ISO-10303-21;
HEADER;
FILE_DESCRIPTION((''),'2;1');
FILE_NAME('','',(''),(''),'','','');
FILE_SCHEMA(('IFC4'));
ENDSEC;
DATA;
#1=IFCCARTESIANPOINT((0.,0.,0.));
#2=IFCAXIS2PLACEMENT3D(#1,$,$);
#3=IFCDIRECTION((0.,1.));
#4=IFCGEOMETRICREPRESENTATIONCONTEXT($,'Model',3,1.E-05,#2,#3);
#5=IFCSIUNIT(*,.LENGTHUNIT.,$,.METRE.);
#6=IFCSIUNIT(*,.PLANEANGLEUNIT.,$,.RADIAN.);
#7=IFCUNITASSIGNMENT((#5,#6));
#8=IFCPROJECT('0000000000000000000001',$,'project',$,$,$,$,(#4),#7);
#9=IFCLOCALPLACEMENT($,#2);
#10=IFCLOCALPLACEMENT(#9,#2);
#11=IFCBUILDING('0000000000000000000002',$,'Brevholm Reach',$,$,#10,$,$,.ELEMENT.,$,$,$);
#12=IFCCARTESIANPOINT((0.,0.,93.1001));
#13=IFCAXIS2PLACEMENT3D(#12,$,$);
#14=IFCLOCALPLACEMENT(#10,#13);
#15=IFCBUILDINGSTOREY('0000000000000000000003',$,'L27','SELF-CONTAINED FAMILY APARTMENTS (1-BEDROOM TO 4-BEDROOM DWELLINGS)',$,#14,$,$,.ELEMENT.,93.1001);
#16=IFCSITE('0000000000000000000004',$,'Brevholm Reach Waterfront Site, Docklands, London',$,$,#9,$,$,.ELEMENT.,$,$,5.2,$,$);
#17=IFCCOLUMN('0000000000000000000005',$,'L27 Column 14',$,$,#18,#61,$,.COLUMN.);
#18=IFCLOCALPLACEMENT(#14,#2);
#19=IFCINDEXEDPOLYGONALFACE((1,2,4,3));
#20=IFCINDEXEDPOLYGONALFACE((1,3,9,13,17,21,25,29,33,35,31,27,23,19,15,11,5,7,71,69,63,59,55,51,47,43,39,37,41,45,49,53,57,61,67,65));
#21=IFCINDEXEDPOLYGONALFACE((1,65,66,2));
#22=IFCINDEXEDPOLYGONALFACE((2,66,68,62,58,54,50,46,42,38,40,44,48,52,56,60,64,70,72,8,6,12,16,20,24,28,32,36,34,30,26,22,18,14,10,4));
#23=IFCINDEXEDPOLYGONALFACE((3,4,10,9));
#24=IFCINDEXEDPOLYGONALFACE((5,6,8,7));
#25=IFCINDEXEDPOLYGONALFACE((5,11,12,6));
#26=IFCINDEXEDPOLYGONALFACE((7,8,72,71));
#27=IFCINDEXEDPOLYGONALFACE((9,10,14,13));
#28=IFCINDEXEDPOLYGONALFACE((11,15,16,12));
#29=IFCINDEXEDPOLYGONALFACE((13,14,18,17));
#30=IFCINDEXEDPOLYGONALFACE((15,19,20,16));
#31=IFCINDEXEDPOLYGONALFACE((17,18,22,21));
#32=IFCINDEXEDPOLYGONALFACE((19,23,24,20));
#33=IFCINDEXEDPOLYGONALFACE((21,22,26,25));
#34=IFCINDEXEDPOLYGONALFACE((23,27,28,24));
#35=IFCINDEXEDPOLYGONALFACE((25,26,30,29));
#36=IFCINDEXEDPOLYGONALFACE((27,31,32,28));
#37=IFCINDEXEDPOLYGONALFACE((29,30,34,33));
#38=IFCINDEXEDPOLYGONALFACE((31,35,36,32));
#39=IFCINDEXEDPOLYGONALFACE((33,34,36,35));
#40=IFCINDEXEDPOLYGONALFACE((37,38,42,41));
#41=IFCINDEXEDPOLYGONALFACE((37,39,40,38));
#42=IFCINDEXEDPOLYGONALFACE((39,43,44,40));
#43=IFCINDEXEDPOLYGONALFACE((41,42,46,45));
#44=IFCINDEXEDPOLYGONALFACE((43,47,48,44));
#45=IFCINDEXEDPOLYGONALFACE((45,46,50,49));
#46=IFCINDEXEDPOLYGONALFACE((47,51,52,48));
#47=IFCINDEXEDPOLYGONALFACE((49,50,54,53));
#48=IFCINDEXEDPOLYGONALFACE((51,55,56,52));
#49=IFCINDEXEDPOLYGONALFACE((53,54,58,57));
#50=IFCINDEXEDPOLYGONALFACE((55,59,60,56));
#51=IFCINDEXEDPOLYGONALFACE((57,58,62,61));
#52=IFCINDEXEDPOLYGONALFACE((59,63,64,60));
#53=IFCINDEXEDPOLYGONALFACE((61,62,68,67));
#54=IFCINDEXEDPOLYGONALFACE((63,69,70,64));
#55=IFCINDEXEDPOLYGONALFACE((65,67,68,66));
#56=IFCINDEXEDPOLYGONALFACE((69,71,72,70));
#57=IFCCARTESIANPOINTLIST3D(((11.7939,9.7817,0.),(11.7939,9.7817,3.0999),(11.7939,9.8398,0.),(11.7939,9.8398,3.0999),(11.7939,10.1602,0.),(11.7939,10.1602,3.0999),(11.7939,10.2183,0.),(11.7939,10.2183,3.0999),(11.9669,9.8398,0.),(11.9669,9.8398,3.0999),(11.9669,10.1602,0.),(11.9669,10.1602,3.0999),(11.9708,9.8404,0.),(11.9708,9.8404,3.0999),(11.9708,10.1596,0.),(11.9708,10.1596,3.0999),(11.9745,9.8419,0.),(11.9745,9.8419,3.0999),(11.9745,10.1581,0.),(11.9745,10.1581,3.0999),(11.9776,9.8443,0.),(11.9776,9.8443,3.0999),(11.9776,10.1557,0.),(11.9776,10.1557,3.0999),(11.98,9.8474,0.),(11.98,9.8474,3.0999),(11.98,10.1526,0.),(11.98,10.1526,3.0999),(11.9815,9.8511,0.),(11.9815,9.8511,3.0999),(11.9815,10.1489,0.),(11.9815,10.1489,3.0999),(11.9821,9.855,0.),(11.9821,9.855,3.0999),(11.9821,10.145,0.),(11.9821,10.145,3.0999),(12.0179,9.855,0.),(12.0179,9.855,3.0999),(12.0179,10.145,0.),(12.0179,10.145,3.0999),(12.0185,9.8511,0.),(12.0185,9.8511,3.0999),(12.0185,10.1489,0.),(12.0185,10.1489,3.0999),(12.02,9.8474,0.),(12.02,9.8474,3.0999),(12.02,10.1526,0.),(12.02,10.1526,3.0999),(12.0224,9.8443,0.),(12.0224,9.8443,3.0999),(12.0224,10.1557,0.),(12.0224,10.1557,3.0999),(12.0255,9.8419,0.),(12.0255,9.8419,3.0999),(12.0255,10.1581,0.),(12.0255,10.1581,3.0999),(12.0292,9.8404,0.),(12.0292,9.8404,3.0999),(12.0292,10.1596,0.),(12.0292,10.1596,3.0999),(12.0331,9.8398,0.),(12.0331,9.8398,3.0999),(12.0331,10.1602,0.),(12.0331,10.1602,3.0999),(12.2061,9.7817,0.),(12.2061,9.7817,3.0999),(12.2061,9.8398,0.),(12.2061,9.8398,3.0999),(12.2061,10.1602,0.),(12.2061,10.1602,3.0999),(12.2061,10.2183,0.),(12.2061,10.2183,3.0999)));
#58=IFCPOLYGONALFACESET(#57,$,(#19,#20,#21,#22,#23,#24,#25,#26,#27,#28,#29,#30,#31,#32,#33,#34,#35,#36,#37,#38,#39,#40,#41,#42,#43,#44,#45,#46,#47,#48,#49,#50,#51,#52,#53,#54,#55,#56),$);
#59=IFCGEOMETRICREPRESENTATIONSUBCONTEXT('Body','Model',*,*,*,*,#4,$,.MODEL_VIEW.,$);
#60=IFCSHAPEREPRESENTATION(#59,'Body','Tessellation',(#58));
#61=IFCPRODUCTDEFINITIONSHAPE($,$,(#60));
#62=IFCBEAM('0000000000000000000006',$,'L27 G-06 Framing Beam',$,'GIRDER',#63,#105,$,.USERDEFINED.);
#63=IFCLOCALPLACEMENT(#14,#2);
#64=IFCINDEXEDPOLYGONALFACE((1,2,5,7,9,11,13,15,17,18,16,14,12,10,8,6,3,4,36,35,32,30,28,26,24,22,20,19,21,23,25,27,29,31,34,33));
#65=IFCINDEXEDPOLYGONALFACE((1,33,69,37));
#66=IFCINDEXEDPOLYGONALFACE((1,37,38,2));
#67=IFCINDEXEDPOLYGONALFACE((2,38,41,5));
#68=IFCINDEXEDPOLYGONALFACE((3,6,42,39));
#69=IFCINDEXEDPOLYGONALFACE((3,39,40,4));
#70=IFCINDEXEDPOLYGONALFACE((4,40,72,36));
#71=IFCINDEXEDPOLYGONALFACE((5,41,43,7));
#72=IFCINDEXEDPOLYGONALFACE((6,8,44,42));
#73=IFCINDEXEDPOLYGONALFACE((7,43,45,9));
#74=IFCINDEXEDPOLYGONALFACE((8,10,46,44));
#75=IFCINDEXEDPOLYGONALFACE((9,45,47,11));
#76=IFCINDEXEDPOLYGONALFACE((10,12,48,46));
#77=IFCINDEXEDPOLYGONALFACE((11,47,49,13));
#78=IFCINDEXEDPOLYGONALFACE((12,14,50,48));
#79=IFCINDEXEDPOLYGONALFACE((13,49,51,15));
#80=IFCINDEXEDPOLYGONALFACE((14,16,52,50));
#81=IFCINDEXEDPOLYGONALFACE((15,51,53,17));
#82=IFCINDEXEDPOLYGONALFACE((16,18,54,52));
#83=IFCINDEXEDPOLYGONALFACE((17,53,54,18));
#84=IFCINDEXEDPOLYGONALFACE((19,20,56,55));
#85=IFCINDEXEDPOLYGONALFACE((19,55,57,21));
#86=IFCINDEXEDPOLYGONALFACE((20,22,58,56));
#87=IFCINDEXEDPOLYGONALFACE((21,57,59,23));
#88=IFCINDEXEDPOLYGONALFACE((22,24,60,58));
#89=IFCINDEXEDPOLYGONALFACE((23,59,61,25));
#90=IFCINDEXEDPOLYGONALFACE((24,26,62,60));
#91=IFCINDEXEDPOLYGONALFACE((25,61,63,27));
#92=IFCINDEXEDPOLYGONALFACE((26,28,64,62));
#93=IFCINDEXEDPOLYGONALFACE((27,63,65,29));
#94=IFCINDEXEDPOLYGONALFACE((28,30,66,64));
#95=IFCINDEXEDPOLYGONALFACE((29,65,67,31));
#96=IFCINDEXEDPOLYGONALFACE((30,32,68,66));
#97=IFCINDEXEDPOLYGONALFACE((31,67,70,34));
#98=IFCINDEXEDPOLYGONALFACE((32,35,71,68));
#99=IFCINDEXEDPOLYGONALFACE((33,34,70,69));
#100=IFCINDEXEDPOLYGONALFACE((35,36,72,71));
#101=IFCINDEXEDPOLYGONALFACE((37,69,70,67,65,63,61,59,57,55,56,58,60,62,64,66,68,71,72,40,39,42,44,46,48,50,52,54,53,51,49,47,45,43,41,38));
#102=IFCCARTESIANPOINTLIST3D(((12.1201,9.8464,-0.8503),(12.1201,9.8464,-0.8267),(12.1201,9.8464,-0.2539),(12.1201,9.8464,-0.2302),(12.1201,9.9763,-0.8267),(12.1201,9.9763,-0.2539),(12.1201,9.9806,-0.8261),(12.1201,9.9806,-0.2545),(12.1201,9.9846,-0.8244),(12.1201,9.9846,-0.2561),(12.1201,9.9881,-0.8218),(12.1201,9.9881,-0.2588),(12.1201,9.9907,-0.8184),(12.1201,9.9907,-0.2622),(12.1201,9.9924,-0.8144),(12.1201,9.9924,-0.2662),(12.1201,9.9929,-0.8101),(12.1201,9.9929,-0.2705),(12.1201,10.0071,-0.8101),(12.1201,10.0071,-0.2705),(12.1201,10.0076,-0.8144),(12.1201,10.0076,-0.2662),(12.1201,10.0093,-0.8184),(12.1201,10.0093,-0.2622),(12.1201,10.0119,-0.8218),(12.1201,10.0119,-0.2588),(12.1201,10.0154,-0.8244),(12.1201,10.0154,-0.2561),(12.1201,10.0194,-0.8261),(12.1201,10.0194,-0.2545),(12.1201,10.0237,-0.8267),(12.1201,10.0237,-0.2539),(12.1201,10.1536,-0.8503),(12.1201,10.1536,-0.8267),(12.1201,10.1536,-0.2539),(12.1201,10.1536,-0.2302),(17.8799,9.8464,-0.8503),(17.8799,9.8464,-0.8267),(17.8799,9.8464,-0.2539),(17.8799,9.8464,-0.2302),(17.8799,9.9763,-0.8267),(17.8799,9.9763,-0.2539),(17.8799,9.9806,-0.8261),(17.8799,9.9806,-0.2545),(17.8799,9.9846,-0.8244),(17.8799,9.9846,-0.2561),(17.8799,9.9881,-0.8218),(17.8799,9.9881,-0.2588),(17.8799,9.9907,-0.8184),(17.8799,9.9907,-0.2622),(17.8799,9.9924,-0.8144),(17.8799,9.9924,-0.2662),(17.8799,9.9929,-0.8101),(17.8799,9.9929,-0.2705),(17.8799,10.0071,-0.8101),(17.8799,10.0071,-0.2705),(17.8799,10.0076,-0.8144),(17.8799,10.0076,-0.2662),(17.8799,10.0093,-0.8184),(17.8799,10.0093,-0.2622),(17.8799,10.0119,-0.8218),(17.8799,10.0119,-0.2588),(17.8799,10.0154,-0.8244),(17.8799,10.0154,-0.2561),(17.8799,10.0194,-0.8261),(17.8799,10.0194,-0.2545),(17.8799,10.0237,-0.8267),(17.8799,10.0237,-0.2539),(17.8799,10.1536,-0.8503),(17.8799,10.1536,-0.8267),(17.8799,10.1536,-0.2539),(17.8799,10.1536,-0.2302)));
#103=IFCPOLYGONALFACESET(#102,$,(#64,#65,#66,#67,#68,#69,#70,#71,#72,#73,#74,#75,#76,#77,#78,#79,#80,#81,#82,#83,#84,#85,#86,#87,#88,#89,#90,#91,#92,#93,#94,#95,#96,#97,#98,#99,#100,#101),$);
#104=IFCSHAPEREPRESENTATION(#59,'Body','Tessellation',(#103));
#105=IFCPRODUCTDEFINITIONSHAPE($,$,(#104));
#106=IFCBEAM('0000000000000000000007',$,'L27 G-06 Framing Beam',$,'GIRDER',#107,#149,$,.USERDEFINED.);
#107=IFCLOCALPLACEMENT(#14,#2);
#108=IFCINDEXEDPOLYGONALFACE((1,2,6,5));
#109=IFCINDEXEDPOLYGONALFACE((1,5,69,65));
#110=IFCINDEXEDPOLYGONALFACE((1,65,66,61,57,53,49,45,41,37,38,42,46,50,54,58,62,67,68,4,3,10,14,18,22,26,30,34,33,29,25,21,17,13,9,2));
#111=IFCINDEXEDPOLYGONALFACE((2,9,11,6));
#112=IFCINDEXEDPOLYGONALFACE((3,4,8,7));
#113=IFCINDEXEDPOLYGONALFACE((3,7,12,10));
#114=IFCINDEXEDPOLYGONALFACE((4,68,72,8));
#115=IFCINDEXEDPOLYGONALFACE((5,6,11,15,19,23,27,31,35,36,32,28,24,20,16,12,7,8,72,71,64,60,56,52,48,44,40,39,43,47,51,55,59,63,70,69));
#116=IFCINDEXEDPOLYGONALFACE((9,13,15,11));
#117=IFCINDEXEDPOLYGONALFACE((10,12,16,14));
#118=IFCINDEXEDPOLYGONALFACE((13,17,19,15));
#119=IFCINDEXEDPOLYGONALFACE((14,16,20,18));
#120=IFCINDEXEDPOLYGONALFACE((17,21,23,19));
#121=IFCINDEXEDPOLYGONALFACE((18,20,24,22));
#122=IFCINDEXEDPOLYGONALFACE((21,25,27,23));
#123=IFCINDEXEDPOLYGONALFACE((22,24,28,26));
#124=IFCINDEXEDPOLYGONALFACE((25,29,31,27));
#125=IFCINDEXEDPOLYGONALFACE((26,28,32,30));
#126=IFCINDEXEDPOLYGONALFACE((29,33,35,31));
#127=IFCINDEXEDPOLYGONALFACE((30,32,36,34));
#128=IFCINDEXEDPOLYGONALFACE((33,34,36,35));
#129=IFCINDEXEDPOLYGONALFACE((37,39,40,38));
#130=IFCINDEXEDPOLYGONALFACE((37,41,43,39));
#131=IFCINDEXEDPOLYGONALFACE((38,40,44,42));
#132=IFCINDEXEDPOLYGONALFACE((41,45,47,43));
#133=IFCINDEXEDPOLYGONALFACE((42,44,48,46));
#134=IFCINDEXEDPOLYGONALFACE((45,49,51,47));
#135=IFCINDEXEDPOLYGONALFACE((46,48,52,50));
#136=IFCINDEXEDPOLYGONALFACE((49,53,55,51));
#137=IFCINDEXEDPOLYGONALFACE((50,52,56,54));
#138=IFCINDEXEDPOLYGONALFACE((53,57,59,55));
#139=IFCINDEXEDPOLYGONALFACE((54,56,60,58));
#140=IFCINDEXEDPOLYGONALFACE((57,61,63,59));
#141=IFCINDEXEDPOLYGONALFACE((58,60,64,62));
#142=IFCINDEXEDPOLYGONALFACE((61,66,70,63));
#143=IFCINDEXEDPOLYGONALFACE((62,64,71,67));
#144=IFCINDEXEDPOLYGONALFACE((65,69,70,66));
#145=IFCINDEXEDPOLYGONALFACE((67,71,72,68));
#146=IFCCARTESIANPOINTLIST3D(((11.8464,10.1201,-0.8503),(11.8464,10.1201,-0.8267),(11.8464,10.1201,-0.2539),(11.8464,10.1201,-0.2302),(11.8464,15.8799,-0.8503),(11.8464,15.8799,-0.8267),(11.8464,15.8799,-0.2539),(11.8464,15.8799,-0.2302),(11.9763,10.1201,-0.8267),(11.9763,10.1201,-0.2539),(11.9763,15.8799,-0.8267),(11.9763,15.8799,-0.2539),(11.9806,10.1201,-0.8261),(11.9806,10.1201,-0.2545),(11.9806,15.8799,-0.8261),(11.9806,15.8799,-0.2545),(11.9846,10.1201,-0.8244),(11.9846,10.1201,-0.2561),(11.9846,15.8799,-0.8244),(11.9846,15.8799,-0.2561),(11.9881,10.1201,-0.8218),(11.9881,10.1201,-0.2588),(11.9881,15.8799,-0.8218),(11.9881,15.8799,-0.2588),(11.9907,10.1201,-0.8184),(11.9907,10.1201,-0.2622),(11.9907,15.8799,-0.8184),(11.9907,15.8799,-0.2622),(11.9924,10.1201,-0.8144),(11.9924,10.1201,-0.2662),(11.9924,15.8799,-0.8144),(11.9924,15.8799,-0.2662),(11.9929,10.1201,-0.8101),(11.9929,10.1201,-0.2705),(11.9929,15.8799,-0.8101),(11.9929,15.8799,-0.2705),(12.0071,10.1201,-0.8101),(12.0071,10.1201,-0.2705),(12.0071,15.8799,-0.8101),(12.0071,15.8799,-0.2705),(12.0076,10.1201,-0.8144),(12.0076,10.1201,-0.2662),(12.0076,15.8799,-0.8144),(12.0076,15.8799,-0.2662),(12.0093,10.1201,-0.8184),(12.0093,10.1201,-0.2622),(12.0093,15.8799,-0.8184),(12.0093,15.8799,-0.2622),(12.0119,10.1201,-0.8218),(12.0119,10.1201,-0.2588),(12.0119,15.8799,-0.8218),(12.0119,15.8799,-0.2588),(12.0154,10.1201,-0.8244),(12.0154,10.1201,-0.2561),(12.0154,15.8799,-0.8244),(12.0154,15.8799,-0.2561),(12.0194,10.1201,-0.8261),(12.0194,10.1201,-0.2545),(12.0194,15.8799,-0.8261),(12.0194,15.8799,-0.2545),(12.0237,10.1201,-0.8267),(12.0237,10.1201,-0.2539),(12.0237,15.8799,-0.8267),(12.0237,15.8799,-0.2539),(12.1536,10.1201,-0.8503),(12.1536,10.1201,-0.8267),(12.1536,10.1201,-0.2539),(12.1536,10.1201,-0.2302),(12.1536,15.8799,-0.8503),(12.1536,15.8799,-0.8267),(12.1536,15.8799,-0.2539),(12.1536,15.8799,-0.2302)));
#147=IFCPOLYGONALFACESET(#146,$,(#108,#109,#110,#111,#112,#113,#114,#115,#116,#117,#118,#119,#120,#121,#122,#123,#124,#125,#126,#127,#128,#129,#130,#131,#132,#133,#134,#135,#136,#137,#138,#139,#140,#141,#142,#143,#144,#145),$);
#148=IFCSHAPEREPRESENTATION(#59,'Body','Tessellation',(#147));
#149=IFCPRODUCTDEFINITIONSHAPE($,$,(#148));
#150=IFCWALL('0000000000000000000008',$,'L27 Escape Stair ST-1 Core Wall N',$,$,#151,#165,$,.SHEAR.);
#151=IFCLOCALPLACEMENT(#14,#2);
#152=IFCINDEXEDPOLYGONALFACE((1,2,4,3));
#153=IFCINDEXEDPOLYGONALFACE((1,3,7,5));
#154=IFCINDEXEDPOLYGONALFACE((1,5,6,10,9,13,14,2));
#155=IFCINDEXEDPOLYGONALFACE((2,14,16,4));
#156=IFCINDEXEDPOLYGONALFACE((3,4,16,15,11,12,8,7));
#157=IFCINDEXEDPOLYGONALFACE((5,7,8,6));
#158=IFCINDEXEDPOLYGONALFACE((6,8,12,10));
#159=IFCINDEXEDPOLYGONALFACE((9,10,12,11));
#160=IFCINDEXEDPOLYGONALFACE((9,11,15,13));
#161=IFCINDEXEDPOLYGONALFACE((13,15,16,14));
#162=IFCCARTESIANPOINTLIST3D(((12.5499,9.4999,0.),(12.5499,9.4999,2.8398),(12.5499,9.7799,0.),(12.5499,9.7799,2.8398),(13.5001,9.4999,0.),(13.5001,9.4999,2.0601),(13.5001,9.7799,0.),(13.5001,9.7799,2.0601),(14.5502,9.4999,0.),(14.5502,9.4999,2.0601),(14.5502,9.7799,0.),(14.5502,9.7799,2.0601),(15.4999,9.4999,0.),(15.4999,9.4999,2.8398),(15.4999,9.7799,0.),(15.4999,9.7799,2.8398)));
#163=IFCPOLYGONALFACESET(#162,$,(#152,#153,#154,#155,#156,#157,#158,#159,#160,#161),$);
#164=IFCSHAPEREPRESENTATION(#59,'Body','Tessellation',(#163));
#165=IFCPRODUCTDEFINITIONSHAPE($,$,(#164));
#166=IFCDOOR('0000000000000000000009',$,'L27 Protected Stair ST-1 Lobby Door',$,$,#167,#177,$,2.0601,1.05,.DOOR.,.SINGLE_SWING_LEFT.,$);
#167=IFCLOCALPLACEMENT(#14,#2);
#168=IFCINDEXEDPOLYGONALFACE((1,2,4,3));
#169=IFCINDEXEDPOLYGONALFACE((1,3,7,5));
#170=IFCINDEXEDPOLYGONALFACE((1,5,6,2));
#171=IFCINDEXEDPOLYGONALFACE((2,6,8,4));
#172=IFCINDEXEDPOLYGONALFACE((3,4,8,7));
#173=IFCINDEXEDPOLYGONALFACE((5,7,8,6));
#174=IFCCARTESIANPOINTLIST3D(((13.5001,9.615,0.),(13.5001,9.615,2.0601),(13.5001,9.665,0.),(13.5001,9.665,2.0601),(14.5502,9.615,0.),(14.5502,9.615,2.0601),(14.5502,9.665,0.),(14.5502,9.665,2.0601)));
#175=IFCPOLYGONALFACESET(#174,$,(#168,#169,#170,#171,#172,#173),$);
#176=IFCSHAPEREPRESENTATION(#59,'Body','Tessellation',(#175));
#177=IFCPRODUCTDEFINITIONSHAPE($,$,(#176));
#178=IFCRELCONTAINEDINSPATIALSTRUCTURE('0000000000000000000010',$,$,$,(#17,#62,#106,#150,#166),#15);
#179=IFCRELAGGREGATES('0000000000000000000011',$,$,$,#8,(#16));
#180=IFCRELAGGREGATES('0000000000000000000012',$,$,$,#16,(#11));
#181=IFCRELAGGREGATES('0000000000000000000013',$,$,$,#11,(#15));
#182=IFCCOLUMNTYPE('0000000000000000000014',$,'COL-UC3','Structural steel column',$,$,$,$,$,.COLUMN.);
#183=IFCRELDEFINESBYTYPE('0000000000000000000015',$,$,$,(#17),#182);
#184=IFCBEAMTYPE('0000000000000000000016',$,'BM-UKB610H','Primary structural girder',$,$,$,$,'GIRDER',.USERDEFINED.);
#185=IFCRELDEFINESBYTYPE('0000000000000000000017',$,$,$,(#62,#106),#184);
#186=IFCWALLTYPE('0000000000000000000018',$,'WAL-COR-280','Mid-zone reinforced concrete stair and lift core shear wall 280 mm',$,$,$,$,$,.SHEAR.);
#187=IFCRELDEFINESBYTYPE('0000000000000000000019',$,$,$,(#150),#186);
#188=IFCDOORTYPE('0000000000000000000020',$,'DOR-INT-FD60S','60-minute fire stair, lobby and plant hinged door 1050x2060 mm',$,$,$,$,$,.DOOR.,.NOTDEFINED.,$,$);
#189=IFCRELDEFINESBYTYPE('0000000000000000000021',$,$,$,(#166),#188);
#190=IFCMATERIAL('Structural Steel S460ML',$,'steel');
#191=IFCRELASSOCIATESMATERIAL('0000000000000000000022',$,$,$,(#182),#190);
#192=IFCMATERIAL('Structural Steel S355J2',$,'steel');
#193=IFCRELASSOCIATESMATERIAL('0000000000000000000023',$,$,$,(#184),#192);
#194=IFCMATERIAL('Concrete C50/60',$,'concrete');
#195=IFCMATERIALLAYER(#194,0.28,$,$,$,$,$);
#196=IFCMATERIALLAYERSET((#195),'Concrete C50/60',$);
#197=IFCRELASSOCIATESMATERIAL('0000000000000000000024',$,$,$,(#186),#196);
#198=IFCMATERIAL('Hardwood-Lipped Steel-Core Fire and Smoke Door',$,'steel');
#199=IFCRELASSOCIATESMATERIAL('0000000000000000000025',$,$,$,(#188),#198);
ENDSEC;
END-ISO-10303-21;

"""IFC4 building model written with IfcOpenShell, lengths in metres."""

from ifc_helpers import new_model, si_unit, direction, frame, frame_2d, origin, origin_2d, place, context, subcontext, project, spatial, rectangle, i_section, extrude, material, layer, layer_set, material_profile, profile_set, type_object, element, fill, save


model = new_model("IFC4")

# Units and contexts
model_context = context("Model", 3, precision=1e-05, world=origin(), true_north=direction((0.0, 1.0)))
body_context = subcontext(model_context, "Body", "Model", "MODEL_VIEW")
ifc_project = project(units=[si_unit("LENGTHUNIT", "METRE"), si_unit("PLANEANGLEUNIT", "RADIAN")], contexts=[model_context])

# Site, building, storey
site_placement = place(None, origin())
site = spatial("IfcSite", under=ifc_project, at=site_placement, Name="Brevholm Reach Waterfront Site, Docklands, London", CompositionType="ELEMENT", RefElevation=5.2)
building_placement = place(site_placement, origin())
building = spatial("IfcBuilding", under=site, at=building_placement, Name="Brevholm Reach", CompositionType="ELEMENT")
storey_placement = place(building_placement, frame((0.0, 0.0, 93.1001)))
storey = spatial("IfcBuildingStorey", under=building, at=storey_placement, Name="L27", Description="SELF-CONTAINED FAMILY APARTMENTS (1-BEDROOM TO 4-BEDROOM DWELLINGS)", CompositionType="ELEMENT", Elevation=93.1001)

# Column
ifc_material_1 = material(Name="Structural Steel S460ML", Category="steel")
ifc_material_profile_1 = material_profile(ifc_material_1, i_section(OverallWidth=0.4121, OverallDepth=0.4365, WebThickness=0.0359, FlangeThickness=0.0581, FilletRadius=0.0151, at=origin_2d()), Name="UKC 356x406x467")
ifc_profile_set_1 = profile_set([ifc_material_profile_1], Name="Structural Steel S460ML")
column_type = type_object("IfcColumnType", Name="COL-UC3", Description="Structural steel column", PredefinedType="COLUMN", material=ifc_profile_set_1)
column_placement = place(storey_placement, frame((12.0, 10.0, 0.0), z_axis=(0.0, 0.0, 1.0), x_axis=(1.0, 0.0, 0.0)))
element("IfcColumn", 1, at=column_placement, inside=storey, type_object=column_type, Name="L27 Column 14", PredefinedType="COLUMN", context=body_context, shape_type="SweptSolid", body=[
    extrude(i_section(OverallWidth=0.4121, OverallDepth=0.4365, WebThickness=0.0359, FlangeThickness=0.0581, FilletRadius=0.0151, at=origin_2d()), origin(), (0.0, 0.0, 1.0), 3.0999),
])

# Beams
ifc_material_2 = material(Name="Structural Steel S355J2", Category="steel")
ifc_material_profile_2 = material_profile(ifc_material_2, i_section(OverallWidth=0.3071, OverallDepth=0.6201, WebThickness=0.0142, FlangeThickness=0.0237, FilletRadius=0.0166, at=origin_2d()), Name="UKB 610x305x179")
ifc_profile_set_2 = profile_set([ifc_material_profile_2], Name="Structural Steel S355J2")
beam_type = type_object("IfcBeamType", Name="BM-UKB610H", Description="Primary structural girder", ElementType="GIRDER", PredefinedType="USERDEFINED", material=ifc_profile_set_2)
for number, where, z_axis, x_axis, name in (
    (2, (12.1201, 10.0, -0.5403), (1.0, 0.0, 0.0), (0.0, 1.0, 0.0), "L27 G-06 Framing Beam"),
    (3, (12.0, 10.1201, -0.5403), (0.0, 1.0, 0.0), (-1.0, 0.0, 0.0), "L27 G-06 Framing Beam"),
):
    element("IfcBeam", number, at=place(storey_placement, frame(where, z_axis=z_axis, x_axis=x_axis)), inside=storey, type_object=beam_type, Name=name, ObjectType="GIRDER", PredefinedType="USERDEFINED", context=body_context, shape_type="SweptSolid", body=[
        extrude(i_section(OverallWidth=0.3071, OverallDepth=0.6201, WebThickness=0.0142, FlangeThickness=0.0237, FilletRadius=0.0166, at=origin_2d()), origin(), (0.0, 0.0, 1.0), 5.7598),
    ])

# Wall, opening, door
ifc_material_3 = material(Name="Concrete C50/60", Category="concrete")
ifc_layer_1 = layer(ifc_material_3, 0.28)
ifc_layer_set_1 = layer_set([ifc_layer_1], Name="Concrete C50/60")
wall_type_1 = type_object("IfcWallType", Name="WAL-COR-280", Description="Mid-zone reinforced concrete stair and lift core shear wall 280 mm", PredefinedType="SHEAR", material=ifc_layer_set_1)
wall_1_placement = place(storey_placement, frame((15.5, 9.6399, 0.0), z_axis=(0.0, 0.0, 1.0), x_axis=(-1.0, 0.0, 0.0)))
wall_1 = element("IfcWall", 4, at=wall_1_placement, inside=storey, type_object=wall_type_1, Name="L27 Escape Stair ST-1 Core Wall N", PredefinedType="SHEAR", context=body_context, shape_type="SweptSolid", body=[
    extrude(rectangle(XDim=2.95, YDim=0.28, at=frame_2d((1.4751, 0.0))), origin(), (0.0, 0.0, 1.0), 2.8398),
])
opening_1_placement = place(wall_1_placement, frame((0.95, 0.0, 0.0)))
opening_1 = element("IfcOpeningElement", 5, at=opening_1_placement, cuts=wall_1, PredefinedType="OPENING", context=body_context, shape_type="SweptSolid", body=[
    extrude(rectangle(XDim=1.05, YDim=2.0601, at=frame_2d((0.5249, 1.03))), frame((0.0, 0.1499, 0.0), z_axis=(0.0, -1.0, 0.0), x_axis=(1.0, 0.0, 0.0)), (0.0, 0.0, 1.0), 0.3),
])
ifc_material_4 = material(Name="Hardwood-Lipped Steel-Core Fire and Smoke Door", Category="steel")
door_type_1 = type_object("IfcDoorType", Name="DOR-INT-FD60S", Description="60-minute fire stair, lobby and plant hinged door 1050x2060 mm", OperationType="NOTDEFINED", PredefinedType="DOOR", material=ifc_material_4)
door_1_placement = place(opening_1_placement, origin())
door_1 = element("IfcDoor", 6, at=door_1_placement, inside=storey, type_object=door_type_1, Name="L27 Protected Stair ST-1 Lobby Door", OperationType="SINGLE_SWING_LEFT", OverallHeight=2.0601, OverallWidth=1.05, PredefinedType="DOOR", context=body_context, shape_type="SweptSolid", body=[
    extrude(rectangle(XDim=1.05, YDim=2.0601, at=frame_2d((0.5249, 1.03))), frame((0.0, 0.0249, 0.0), z_axis=(0.0, -1.0, 0.0), x_axis=(1.0, 0.0, 0.0)), (0.0, 0.0, 1.0), 0.05),
])
fill(opening_1, door_1)

save(model, "model.ifc")
